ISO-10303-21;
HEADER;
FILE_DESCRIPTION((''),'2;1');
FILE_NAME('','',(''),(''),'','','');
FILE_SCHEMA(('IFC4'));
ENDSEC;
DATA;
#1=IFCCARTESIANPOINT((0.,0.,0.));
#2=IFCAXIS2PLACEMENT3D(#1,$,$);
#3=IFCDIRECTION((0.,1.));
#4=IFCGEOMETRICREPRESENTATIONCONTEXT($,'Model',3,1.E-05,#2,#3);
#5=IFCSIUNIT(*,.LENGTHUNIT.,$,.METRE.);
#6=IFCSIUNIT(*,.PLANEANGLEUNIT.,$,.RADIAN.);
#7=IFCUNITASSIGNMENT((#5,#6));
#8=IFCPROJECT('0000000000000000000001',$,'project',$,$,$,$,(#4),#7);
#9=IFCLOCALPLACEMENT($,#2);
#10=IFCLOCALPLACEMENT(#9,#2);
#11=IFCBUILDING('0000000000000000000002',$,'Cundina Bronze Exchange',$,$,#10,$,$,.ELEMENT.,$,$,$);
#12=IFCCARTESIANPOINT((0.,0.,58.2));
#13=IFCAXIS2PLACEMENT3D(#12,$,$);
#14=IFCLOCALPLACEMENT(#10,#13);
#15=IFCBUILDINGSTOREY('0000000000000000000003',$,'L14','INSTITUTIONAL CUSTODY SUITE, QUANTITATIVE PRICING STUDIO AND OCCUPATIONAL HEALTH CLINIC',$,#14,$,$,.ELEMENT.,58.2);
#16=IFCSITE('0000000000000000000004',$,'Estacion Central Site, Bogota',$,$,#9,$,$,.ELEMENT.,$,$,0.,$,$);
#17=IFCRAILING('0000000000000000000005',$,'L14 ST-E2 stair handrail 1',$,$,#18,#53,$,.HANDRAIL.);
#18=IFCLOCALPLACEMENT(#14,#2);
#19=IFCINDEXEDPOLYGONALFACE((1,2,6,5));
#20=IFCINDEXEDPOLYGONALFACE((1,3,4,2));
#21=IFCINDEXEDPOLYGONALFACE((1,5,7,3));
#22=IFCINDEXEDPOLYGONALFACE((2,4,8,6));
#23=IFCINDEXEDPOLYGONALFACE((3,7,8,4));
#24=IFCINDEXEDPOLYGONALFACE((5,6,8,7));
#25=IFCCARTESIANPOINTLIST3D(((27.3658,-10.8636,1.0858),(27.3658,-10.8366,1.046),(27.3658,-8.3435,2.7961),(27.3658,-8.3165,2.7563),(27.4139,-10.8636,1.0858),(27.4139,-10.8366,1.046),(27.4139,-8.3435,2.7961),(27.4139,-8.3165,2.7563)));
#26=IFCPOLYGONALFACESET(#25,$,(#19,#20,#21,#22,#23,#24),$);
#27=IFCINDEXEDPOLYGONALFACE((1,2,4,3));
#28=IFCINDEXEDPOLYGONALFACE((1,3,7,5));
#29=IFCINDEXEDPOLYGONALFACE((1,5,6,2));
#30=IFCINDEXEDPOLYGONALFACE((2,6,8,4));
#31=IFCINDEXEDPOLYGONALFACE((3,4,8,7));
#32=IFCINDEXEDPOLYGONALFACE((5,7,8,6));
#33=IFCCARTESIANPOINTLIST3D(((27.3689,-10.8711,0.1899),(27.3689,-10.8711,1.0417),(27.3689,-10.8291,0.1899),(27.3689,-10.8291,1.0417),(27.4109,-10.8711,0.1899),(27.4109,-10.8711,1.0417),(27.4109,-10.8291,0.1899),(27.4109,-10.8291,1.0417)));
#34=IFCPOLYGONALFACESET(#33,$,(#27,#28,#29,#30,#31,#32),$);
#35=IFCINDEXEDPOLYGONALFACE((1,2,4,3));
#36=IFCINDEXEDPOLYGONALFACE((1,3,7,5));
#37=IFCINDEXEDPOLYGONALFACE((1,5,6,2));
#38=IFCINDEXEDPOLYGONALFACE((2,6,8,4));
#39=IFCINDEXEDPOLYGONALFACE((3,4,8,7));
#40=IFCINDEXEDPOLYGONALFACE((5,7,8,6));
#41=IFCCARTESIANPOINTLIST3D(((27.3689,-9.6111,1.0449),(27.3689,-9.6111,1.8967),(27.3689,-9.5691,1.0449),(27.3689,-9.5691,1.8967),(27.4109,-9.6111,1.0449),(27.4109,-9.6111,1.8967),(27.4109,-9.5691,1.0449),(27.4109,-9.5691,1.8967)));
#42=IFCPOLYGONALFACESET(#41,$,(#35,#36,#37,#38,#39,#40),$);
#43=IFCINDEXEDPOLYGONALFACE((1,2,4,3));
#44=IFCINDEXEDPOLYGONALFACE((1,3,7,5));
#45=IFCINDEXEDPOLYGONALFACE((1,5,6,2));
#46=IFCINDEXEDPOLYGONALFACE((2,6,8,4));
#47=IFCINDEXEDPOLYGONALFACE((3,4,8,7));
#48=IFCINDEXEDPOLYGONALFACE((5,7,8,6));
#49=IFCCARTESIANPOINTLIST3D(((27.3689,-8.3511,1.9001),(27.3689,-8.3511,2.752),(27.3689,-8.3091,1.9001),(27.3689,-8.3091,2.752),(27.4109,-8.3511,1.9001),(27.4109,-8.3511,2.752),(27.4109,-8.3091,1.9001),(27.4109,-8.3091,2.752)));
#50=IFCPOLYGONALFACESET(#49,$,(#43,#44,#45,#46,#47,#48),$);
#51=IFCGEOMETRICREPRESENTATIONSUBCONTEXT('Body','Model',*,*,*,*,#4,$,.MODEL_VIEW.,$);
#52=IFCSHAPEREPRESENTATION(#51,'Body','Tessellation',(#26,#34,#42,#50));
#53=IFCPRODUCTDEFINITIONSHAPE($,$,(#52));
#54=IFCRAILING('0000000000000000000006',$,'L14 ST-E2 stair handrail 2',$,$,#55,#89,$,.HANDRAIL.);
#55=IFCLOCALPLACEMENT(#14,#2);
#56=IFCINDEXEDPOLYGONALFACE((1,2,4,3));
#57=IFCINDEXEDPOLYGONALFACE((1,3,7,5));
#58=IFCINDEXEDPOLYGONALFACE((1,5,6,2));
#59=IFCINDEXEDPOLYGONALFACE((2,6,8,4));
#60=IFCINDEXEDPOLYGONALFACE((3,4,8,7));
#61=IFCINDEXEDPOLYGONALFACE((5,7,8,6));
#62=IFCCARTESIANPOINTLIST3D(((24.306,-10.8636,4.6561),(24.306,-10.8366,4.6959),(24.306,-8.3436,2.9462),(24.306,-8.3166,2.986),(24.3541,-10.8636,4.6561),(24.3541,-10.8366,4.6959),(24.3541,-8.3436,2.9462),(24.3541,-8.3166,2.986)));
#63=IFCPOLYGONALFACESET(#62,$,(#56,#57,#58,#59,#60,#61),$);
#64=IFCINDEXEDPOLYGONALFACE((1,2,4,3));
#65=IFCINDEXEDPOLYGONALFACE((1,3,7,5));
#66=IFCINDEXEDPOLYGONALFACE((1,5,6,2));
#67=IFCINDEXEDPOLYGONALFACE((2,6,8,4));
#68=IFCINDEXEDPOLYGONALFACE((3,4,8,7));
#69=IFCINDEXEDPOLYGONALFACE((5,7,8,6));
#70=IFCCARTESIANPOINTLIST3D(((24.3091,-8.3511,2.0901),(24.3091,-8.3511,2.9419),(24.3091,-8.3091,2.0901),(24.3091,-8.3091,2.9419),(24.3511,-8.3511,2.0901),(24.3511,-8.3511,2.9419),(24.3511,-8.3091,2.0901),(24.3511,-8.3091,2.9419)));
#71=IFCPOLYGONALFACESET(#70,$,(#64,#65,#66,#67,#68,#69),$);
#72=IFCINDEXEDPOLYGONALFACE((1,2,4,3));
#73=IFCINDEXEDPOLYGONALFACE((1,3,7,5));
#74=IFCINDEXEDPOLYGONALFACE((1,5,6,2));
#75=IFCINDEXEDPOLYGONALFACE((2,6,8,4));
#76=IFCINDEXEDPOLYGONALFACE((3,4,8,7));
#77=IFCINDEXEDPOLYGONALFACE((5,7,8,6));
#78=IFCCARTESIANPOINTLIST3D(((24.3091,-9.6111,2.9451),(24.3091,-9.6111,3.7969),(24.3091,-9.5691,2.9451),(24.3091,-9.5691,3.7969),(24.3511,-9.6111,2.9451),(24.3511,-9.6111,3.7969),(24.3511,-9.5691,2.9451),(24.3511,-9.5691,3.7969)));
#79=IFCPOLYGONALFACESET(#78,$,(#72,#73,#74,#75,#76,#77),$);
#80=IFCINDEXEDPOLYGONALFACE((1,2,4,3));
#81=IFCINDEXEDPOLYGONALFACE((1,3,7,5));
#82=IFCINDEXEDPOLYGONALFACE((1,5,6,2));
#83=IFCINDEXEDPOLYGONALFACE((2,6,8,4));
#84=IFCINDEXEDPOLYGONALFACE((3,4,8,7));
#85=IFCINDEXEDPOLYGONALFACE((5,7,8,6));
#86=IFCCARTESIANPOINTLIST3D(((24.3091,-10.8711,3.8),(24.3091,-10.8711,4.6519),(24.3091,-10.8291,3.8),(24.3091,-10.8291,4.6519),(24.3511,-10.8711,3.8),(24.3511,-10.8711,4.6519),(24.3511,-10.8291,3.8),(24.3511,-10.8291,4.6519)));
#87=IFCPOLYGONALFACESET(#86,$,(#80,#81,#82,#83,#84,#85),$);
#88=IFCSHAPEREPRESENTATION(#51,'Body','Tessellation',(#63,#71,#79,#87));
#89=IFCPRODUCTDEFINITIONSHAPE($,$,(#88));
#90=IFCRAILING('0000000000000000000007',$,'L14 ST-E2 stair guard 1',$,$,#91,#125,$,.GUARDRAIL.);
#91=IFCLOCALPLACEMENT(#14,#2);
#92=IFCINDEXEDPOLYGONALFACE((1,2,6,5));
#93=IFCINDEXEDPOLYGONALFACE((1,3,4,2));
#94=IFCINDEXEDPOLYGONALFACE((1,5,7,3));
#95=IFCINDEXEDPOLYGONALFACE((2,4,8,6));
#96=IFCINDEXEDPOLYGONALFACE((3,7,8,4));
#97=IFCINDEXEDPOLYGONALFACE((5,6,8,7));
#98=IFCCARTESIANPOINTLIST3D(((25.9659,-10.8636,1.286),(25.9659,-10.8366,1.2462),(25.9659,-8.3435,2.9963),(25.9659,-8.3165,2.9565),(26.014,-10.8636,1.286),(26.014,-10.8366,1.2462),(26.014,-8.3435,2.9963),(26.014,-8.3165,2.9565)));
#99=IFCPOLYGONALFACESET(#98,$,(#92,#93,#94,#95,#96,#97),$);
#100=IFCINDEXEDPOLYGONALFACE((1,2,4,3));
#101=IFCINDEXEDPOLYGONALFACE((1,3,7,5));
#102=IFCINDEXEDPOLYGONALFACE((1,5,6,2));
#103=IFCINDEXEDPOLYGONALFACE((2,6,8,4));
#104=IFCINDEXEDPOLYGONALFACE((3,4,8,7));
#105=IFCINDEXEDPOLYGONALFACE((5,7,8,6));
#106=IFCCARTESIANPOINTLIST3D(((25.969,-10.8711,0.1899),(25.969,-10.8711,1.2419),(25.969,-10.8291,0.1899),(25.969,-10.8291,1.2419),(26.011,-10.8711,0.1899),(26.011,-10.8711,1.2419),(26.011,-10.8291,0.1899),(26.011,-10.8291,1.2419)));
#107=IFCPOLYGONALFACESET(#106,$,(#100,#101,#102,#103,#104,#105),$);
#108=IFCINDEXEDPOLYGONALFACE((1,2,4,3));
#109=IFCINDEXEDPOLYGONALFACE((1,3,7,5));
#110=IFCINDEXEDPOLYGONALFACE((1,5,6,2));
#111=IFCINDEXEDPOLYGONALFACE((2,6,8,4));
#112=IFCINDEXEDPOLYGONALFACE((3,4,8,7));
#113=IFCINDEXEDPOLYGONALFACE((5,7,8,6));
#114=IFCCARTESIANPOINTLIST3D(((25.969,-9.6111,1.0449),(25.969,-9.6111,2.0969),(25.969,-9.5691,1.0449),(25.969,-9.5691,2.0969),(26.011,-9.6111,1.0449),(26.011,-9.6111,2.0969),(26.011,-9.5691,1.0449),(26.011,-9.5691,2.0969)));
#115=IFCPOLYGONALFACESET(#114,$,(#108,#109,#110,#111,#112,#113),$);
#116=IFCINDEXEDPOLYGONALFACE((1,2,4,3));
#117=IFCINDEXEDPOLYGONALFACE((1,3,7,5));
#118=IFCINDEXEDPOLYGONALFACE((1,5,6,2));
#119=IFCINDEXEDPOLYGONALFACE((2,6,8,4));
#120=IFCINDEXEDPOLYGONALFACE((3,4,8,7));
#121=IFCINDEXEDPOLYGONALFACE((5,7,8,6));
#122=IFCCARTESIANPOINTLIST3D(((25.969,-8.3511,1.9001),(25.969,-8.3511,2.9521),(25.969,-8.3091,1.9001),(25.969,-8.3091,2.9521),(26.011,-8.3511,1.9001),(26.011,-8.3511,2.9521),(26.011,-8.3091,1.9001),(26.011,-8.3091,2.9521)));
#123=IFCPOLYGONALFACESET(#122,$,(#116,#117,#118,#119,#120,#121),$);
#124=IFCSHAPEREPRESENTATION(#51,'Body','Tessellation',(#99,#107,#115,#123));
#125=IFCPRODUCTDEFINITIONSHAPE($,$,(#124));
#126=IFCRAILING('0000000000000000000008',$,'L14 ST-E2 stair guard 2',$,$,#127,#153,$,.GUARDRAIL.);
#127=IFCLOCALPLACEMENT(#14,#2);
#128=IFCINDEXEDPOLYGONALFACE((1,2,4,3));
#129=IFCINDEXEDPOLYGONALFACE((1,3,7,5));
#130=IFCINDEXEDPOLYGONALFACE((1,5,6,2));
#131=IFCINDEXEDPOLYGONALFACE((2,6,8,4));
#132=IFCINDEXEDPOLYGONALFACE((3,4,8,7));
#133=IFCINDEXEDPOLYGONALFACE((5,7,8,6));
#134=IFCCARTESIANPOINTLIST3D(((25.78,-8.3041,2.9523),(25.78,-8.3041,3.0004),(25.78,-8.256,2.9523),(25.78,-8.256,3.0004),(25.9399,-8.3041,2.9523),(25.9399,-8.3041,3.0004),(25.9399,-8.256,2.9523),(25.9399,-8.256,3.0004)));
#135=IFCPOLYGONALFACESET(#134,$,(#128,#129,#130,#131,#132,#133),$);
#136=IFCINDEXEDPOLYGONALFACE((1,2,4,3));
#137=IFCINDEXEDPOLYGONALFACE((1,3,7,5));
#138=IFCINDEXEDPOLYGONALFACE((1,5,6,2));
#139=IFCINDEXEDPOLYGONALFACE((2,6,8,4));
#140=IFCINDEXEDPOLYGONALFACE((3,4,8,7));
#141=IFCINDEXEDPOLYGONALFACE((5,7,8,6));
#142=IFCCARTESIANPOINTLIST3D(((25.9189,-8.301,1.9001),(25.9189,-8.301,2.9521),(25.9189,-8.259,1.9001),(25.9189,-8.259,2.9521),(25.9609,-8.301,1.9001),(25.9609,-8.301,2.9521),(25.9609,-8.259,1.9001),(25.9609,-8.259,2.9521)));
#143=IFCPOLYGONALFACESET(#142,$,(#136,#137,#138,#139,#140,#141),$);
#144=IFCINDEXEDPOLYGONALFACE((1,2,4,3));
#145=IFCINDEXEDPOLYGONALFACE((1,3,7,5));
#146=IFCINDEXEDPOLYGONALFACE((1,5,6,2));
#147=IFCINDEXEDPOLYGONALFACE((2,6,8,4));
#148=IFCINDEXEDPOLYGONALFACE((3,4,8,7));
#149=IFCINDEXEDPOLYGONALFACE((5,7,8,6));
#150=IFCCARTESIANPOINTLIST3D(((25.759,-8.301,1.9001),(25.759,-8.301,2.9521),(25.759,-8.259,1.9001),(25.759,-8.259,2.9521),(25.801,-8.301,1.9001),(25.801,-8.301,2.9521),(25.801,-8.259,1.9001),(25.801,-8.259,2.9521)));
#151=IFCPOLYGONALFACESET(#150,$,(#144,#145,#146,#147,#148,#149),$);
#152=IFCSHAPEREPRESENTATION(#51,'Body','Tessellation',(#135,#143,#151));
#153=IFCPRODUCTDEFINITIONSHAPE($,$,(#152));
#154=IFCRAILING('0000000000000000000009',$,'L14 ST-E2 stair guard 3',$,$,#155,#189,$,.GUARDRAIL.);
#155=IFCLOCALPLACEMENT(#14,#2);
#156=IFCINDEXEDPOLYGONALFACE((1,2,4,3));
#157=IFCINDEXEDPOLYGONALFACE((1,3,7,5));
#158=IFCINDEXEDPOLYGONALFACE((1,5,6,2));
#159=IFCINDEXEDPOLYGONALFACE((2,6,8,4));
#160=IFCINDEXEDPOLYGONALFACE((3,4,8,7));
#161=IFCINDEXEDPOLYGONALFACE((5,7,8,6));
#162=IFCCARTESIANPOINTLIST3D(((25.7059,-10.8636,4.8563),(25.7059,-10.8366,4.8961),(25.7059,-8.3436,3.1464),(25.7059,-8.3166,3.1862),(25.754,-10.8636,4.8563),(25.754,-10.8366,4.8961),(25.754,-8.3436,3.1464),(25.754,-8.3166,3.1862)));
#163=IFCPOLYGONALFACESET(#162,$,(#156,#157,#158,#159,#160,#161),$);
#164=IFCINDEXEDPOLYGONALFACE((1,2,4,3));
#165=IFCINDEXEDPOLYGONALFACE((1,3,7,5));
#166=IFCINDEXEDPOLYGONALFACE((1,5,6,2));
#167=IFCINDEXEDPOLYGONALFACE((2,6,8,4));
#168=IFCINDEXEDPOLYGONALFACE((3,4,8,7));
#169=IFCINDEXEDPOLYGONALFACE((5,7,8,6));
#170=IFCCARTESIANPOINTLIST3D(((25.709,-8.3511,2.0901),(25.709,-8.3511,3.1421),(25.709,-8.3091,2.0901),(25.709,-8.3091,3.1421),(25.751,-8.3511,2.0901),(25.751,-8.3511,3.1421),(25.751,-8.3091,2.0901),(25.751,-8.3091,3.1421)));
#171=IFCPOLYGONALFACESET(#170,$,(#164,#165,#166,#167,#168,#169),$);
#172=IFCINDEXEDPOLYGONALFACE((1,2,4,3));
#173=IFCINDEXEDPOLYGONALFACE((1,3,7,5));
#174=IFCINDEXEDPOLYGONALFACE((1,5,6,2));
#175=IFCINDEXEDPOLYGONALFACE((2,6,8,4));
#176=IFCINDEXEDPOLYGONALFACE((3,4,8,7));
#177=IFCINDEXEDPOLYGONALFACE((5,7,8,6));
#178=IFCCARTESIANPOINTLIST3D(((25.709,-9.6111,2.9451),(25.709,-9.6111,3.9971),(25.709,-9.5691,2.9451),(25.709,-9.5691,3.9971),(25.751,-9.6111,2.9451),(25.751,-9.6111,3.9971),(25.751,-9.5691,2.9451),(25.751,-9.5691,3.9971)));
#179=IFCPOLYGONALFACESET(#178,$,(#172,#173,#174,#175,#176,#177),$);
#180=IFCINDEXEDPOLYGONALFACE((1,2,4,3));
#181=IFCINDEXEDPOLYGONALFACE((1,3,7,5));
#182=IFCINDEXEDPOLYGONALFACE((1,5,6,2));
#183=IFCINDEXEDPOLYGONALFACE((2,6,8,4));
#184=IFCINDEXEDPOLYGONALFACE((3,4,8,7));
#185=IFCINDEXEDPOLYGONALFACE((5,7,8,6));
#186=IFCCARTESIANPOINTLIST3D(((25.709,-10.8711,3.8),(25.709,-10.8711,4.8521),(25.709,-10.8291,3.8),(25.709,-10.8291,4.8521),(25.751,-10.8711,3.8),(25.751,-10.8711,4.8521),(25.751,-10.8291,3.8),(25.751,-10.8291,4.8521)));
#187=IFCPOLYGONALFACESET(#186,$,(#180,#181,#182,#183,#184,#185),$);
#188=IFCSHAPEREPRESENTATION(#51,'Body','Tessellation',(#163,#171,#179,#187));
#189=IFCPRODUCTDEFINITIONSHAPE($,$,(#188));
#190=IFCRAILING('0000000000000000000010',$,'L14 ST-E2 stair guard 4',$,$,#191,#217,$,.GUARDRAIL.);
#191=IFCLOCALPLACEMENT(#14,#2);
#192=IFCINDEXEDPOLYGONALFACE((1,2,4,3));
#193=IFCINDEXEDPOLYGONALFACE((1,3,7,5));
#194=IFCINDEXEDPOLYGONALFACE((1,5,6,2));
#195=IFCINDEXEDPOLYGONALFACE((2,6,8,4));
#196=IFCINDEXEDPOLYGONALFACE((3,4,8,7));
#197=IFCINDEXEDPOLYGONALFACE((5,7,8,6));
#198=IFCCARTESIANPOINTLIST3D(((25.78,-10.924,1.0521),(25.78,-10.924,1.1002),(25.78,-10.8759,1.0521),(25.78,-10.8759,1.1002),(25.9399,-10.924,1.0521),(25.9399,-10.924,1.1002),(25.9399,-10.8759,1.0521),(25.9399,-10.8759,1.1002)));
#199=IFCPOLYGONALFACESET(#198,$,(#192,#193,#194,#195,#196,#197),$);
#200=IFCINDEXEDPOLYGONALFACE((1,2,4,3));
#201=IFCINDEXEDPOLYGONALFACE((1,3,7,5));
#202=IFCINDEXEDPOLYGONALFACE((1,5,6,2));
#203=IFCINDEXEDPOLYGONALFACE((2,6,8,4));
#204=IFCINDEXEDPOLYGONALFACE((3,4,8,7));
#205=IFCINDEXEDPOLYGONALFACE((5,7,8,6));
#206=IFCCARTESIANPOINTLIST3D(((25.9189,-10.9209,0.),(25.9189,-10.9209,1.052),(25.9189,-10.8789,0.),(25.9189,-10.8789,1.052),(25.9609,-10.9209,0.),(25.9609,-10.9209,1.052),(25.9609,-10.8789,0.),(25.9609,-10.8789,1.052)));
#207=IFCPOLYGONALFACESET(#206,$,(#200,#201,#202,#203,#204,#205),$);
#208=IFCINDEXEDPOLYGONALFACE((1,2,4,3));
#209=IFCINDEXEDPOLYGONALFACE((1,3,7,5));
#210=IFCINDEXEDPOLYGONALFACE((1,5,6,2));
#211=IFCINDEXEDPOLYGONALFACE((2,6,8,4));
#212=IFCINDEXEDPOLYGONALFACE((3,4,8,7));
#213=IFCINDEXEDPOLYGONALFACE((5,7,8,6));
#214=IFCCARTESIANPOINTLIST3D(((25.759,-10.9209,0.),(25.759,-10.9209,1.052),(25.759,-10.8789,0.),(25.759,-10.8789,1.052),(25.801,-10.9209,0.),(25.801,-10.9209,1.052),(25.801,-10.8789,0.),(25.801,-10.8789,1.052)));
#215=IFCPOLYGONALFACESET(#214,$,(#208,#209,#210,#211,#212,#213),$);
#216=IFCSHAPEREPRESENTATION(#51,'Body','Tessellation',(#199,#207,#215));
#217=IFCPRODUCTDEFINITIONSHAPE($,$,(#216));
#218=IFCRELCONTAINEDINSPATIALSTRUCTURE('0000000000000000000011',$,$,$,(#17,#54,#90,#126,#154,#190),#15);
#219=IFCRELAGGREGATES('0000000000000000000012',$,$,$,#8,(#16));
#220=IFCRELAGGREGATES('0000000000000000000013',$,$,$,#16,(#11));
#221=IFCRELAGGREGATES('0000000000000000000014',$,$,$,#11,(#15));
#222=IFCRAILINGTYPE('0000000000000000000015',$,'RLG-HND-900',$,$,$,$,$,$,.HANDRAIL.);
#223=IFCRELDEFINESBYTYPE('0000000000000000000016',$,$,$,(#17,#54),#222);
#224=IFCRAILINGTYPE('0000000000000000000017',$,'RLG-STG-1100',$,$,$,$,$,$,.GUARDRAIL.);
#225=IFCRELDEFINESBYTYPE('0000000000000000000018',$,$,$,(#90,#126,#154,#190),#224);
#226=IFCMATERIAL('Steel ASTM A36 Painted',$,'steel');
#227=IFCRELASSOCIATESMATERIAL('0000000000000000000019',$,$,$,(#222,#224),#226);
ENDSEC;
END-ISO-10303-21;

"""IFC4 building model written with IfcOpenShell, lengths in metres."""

from ifc_helpers import new_model, si_unit, direction, frame, origin, origin_2d, place, context, subcontext, project, spatial, rectangle, extrude, material, type_object, element, save


model = new_model("IFC4")

# Units and contexts
model_context = context("Model", 3, precision=1e-05, world=origin(), true_north=direction((0.0, 1.0)))
body_context = subcontext(model_context, "Body", "Model", "MODEL_VIEW")
ifc_project = project(units=[si_unit("LENGTHUNIT", "METRE"), si_unit("PLANEANGLEUNIT", "RADIAN")], contexts=[model_context])

# Site, building, storey
site_placement = place(None, origin())
site = spatial("IfcSite", under=ifc_project, at=site_placement, Name="Estacion Central Site, Bogota", CompositionType="ELEMENT", RefElevation=0.0)
building_placement = place(site_placement, origin())
building = spatial("IfcBuilding", under=site, at=building_placement, Name="Cundina Bronze Exchange", CompositionType="ELEMENT")
storey_placement = place(building_placement, frame((0.0, 0.0, 58.2)))
storey = spatial("IfcBuildingStorey", under=building, at=storey_placement, Name="L14", Description="INSTITUTIONAL CUSTODY SUITE, QUANTITATIVE PRICING STUDIO AND OCCUPATIONAL HEALTH CLINIC", CompositionType="ELEMENT", Elevation=58.2)

# Shared definitions
ifc_material_1 = material(Name="Steel ASTM A36 Painted", Category="steel")

# Railings
railing_type_1 = type_object("IfcRailingType", Name="RLG-HND-900", PredefinedType="HANDRAIL", material=ifc_material_1)
railing_1_placement = place(storey_placement, frame((27.3899, -10.8501, 0.1899)))
element("IfcRailing", 1, at=railing_1_placement, inside=storey, type_object=railing_type_1, Name="L14 ST-E2 stair handrail 1", PredefinedType="HANDRAIL", context=body_context, shape_type="SweptSolid", body=[
    extrude(rectangle(XDim=0.0481, YDim=0.0481, at=origin_2d()), frame((0.0, 0.0, 0.876), z_axis=(0.0, 0.827447, 0.561545), x_axis=(-1.0, 0.0, 0.0)), (0.0, 0.0, 1.0), 3.0457),
    extrude(rectangle(XDim=0.042, YDim=0.042, at=origin_2d()), origin(), (0.0, 0.0, 1.0), 0.8518),
    extrude(rectangle(XDim=0.042, YDim=0.042, at=origin_2d()), frame((0.0, 1.26, 0.855)), (0.0, 0.0, 1.0), 0.8518),
    extrude(rectangle(XDim=0.042, YDim=0.042, at=origin_2d()), frame((0.0, 2.52, 1.7102)), (0.0, 0.0, 1.0), 0.8518),
])
railing_2_placement = place(storey_placement, frame((24.3301, -8.3301, 2.0901)))
element("IfcRailing", 2, at=railing_2_placement, inside=storey, type_object=railing_type_1, Name="L14 ST-E2 stair handrail 2", PredefinedType="HANDRAIL", context=body_context, shape_type="SweptSolid", body=[
    extrude(rectangle(XDim=0.0481, YDim=0.0481, at=origin_2d()), frame((0.0, 0.0, 0.876), z_axis=(0.0, -0.827484, 0.56149), x_axis=(1.0, 0.0, 0.0)), (0.0, 0.0, 1.0), 3.0454),
    extrude(rectangle(XDim=0.042, YDim=0.042, at=origin_2d()), origin(), (0.0, 0.0, 1.0), 0.8518),
    extrude(rectangle(XDim=0.042, YDim=0.042, at=origin_2d()), frame((0.0, -1.26, 0.855)), (0.0, 0.0, 1.0), 0.8518),
    extrude(rectangle(XDim=0.042, YDim=0.042, at=origin_2d()), frame((0.0, -2.52, 1.71)), (0.0, 0.0, 1.0), 0.8518),
])
railing_type_2 = type_object("IfcRailingType", Name="RLG-STG-1100", PredefinedType="GUARDRAIL", material=ifc_material_1)
railing_3_placement = place(storey_placement, frame((25.99, -10.8501, 0.1899)))
element("IfcRailing", 3, at=railing_3_placement, inside=storey, type_object=railing_type_2, Name="L14 ST-E2 stair guard 1", PredefinedType="GUARDRAIL", context=body_context, shape_type="SweptSolid", body=[
    extrude(rectangle(XDim=0.0481, YDim=0.0481, at=origin_2d()), frame((0.0, 0.0, 1.0762), z_axis=(0.0, 0.827447, 0.561545), x_axis=(-1.0, 0.0, 0.0)), (0.0, 0.0, 1.0), 3.0457),
    extrude(rectangle(XDim=0.042, YDim=0.042, at=origin_2d()), origin(), (0.0, 0.0, 1.0), 1.052),
    extrude(rectangle(XDim=0.042, YDim=0.042, at=origin_2d()), frame((0.0, 1.26, 0.855)), (0.0, 0.0, 1.0), 1.052),
    extrude(rectangle(XDim=0.042, YDim=0.042, at=origin_2d()), frame((0.0, 2.52, 1.7102)), (0.0, 0.0, 1.0), 1.052),
])
railing_4_placement = place(storey_placement, frame((25.9399, -8.28, 1.9001)))
element("IfcRailing", 4, at=railing_4_placement, inside=storey, type_object=railing_type_2, Name="L14 ST-E2 stair guard 2", PredefinedType="GUARDRAIL", context=body_context, shape_type="SweptSolid", body=[
    extrude(rectangle(XDim=0.0481, YDim=0.0481, at=origin_2d()), frame((0.0, 0.0, 1.0762), z_axis=(-1.0, 0.0, 0.0), x_axis=(0.0, -1.0, 0.0)), (0.0, 0.0, 1.0), 0.1599),
    extrude(rectangle(XDim=0.042, YDim=0.042, at=origin_2d()), origin(), (0.0, 0.0, 1.0), 1.052),
    extrude(rectangle(XDim=0.042, YDim=0.042, at=origin_2d()), frame((-0.1599, 0.0, 0.0)), (0.0, 0.0, 1.0), 1.052),
])
railing_5_placement = place(storey_placement, frame((25.73, -8.3301, 2.0901)))
element("IfcRailing", 5, at=railing_5_placement, inside=storey, type_object=railing_type_2, Name="L14 ST-E2 stair guard 3", PredefinedType="GUARDRAIL", context=body_context, shape_type="SweptSolid", body=[
    extrude(rectangle(XDim=0.0481, YDim=0.0481, at=origin_2d()), frame((0.0, 0.0, 1.0762), z_axis=(0.0, -0.827484, 0.56149), x_axis=(1.0, 0.0, 0.0)), (0.0, 0.0, 1.0), 3.0454),
    extrude(rectangle(XDim=0.042, YDim=0.042, at=origin_2d()), origin(), (0.0, 0.0, 1.0), 1.052),
    extrude(rectangle(XDim=0.042, YDim=0.042, at=origin_2d()), frame((0.0, -1.26, 0.855)), (0.0, 0.0, 1.0), 1.052),
    extrude(rectangle(XDim=0.042, YDim=0.042, at=origin_2d()), frame((0.0, -2.52, 1.71)), (0.0, 0.0, 1.0), 1.052),
])
railing_6_placement = place(storey_placement, frame((25.9399, -10.8999, 0.0)))
element("IfcRailing", 6, at=railing_6_placement, inside=storey, type_object=railing_type_2, Name="L14 ST-E2 stair guard 4", PredefinedType="GUARDRAIL", context=body_context, shape_type="SweptSolid", body=[
    extrude(rectangle(XDim=0.0481, YDim=0.0481, at=origin_2d()), frame((0.0, 0.0, 1.0762), z_axis=(-1.0, 0.0, 0.0), x_axis=(0.0, -1.0, 0.0)), (0.0, 0.0, 1.0), 0.1599),
    extrude(rectangle(XDim=0.042, YDim=0.042, at=origin_2d()), origin(), (0.0, 0.0, 1.0), 1.052),
    extrude(rectangle(XDim=0.042, YDim=0.042, at=origin_2d()), frame((-0.1599, 0.0, 0.0)), (0.0, 0.0, 1.0), 1.052),
])

save(model, "model.ifc")
